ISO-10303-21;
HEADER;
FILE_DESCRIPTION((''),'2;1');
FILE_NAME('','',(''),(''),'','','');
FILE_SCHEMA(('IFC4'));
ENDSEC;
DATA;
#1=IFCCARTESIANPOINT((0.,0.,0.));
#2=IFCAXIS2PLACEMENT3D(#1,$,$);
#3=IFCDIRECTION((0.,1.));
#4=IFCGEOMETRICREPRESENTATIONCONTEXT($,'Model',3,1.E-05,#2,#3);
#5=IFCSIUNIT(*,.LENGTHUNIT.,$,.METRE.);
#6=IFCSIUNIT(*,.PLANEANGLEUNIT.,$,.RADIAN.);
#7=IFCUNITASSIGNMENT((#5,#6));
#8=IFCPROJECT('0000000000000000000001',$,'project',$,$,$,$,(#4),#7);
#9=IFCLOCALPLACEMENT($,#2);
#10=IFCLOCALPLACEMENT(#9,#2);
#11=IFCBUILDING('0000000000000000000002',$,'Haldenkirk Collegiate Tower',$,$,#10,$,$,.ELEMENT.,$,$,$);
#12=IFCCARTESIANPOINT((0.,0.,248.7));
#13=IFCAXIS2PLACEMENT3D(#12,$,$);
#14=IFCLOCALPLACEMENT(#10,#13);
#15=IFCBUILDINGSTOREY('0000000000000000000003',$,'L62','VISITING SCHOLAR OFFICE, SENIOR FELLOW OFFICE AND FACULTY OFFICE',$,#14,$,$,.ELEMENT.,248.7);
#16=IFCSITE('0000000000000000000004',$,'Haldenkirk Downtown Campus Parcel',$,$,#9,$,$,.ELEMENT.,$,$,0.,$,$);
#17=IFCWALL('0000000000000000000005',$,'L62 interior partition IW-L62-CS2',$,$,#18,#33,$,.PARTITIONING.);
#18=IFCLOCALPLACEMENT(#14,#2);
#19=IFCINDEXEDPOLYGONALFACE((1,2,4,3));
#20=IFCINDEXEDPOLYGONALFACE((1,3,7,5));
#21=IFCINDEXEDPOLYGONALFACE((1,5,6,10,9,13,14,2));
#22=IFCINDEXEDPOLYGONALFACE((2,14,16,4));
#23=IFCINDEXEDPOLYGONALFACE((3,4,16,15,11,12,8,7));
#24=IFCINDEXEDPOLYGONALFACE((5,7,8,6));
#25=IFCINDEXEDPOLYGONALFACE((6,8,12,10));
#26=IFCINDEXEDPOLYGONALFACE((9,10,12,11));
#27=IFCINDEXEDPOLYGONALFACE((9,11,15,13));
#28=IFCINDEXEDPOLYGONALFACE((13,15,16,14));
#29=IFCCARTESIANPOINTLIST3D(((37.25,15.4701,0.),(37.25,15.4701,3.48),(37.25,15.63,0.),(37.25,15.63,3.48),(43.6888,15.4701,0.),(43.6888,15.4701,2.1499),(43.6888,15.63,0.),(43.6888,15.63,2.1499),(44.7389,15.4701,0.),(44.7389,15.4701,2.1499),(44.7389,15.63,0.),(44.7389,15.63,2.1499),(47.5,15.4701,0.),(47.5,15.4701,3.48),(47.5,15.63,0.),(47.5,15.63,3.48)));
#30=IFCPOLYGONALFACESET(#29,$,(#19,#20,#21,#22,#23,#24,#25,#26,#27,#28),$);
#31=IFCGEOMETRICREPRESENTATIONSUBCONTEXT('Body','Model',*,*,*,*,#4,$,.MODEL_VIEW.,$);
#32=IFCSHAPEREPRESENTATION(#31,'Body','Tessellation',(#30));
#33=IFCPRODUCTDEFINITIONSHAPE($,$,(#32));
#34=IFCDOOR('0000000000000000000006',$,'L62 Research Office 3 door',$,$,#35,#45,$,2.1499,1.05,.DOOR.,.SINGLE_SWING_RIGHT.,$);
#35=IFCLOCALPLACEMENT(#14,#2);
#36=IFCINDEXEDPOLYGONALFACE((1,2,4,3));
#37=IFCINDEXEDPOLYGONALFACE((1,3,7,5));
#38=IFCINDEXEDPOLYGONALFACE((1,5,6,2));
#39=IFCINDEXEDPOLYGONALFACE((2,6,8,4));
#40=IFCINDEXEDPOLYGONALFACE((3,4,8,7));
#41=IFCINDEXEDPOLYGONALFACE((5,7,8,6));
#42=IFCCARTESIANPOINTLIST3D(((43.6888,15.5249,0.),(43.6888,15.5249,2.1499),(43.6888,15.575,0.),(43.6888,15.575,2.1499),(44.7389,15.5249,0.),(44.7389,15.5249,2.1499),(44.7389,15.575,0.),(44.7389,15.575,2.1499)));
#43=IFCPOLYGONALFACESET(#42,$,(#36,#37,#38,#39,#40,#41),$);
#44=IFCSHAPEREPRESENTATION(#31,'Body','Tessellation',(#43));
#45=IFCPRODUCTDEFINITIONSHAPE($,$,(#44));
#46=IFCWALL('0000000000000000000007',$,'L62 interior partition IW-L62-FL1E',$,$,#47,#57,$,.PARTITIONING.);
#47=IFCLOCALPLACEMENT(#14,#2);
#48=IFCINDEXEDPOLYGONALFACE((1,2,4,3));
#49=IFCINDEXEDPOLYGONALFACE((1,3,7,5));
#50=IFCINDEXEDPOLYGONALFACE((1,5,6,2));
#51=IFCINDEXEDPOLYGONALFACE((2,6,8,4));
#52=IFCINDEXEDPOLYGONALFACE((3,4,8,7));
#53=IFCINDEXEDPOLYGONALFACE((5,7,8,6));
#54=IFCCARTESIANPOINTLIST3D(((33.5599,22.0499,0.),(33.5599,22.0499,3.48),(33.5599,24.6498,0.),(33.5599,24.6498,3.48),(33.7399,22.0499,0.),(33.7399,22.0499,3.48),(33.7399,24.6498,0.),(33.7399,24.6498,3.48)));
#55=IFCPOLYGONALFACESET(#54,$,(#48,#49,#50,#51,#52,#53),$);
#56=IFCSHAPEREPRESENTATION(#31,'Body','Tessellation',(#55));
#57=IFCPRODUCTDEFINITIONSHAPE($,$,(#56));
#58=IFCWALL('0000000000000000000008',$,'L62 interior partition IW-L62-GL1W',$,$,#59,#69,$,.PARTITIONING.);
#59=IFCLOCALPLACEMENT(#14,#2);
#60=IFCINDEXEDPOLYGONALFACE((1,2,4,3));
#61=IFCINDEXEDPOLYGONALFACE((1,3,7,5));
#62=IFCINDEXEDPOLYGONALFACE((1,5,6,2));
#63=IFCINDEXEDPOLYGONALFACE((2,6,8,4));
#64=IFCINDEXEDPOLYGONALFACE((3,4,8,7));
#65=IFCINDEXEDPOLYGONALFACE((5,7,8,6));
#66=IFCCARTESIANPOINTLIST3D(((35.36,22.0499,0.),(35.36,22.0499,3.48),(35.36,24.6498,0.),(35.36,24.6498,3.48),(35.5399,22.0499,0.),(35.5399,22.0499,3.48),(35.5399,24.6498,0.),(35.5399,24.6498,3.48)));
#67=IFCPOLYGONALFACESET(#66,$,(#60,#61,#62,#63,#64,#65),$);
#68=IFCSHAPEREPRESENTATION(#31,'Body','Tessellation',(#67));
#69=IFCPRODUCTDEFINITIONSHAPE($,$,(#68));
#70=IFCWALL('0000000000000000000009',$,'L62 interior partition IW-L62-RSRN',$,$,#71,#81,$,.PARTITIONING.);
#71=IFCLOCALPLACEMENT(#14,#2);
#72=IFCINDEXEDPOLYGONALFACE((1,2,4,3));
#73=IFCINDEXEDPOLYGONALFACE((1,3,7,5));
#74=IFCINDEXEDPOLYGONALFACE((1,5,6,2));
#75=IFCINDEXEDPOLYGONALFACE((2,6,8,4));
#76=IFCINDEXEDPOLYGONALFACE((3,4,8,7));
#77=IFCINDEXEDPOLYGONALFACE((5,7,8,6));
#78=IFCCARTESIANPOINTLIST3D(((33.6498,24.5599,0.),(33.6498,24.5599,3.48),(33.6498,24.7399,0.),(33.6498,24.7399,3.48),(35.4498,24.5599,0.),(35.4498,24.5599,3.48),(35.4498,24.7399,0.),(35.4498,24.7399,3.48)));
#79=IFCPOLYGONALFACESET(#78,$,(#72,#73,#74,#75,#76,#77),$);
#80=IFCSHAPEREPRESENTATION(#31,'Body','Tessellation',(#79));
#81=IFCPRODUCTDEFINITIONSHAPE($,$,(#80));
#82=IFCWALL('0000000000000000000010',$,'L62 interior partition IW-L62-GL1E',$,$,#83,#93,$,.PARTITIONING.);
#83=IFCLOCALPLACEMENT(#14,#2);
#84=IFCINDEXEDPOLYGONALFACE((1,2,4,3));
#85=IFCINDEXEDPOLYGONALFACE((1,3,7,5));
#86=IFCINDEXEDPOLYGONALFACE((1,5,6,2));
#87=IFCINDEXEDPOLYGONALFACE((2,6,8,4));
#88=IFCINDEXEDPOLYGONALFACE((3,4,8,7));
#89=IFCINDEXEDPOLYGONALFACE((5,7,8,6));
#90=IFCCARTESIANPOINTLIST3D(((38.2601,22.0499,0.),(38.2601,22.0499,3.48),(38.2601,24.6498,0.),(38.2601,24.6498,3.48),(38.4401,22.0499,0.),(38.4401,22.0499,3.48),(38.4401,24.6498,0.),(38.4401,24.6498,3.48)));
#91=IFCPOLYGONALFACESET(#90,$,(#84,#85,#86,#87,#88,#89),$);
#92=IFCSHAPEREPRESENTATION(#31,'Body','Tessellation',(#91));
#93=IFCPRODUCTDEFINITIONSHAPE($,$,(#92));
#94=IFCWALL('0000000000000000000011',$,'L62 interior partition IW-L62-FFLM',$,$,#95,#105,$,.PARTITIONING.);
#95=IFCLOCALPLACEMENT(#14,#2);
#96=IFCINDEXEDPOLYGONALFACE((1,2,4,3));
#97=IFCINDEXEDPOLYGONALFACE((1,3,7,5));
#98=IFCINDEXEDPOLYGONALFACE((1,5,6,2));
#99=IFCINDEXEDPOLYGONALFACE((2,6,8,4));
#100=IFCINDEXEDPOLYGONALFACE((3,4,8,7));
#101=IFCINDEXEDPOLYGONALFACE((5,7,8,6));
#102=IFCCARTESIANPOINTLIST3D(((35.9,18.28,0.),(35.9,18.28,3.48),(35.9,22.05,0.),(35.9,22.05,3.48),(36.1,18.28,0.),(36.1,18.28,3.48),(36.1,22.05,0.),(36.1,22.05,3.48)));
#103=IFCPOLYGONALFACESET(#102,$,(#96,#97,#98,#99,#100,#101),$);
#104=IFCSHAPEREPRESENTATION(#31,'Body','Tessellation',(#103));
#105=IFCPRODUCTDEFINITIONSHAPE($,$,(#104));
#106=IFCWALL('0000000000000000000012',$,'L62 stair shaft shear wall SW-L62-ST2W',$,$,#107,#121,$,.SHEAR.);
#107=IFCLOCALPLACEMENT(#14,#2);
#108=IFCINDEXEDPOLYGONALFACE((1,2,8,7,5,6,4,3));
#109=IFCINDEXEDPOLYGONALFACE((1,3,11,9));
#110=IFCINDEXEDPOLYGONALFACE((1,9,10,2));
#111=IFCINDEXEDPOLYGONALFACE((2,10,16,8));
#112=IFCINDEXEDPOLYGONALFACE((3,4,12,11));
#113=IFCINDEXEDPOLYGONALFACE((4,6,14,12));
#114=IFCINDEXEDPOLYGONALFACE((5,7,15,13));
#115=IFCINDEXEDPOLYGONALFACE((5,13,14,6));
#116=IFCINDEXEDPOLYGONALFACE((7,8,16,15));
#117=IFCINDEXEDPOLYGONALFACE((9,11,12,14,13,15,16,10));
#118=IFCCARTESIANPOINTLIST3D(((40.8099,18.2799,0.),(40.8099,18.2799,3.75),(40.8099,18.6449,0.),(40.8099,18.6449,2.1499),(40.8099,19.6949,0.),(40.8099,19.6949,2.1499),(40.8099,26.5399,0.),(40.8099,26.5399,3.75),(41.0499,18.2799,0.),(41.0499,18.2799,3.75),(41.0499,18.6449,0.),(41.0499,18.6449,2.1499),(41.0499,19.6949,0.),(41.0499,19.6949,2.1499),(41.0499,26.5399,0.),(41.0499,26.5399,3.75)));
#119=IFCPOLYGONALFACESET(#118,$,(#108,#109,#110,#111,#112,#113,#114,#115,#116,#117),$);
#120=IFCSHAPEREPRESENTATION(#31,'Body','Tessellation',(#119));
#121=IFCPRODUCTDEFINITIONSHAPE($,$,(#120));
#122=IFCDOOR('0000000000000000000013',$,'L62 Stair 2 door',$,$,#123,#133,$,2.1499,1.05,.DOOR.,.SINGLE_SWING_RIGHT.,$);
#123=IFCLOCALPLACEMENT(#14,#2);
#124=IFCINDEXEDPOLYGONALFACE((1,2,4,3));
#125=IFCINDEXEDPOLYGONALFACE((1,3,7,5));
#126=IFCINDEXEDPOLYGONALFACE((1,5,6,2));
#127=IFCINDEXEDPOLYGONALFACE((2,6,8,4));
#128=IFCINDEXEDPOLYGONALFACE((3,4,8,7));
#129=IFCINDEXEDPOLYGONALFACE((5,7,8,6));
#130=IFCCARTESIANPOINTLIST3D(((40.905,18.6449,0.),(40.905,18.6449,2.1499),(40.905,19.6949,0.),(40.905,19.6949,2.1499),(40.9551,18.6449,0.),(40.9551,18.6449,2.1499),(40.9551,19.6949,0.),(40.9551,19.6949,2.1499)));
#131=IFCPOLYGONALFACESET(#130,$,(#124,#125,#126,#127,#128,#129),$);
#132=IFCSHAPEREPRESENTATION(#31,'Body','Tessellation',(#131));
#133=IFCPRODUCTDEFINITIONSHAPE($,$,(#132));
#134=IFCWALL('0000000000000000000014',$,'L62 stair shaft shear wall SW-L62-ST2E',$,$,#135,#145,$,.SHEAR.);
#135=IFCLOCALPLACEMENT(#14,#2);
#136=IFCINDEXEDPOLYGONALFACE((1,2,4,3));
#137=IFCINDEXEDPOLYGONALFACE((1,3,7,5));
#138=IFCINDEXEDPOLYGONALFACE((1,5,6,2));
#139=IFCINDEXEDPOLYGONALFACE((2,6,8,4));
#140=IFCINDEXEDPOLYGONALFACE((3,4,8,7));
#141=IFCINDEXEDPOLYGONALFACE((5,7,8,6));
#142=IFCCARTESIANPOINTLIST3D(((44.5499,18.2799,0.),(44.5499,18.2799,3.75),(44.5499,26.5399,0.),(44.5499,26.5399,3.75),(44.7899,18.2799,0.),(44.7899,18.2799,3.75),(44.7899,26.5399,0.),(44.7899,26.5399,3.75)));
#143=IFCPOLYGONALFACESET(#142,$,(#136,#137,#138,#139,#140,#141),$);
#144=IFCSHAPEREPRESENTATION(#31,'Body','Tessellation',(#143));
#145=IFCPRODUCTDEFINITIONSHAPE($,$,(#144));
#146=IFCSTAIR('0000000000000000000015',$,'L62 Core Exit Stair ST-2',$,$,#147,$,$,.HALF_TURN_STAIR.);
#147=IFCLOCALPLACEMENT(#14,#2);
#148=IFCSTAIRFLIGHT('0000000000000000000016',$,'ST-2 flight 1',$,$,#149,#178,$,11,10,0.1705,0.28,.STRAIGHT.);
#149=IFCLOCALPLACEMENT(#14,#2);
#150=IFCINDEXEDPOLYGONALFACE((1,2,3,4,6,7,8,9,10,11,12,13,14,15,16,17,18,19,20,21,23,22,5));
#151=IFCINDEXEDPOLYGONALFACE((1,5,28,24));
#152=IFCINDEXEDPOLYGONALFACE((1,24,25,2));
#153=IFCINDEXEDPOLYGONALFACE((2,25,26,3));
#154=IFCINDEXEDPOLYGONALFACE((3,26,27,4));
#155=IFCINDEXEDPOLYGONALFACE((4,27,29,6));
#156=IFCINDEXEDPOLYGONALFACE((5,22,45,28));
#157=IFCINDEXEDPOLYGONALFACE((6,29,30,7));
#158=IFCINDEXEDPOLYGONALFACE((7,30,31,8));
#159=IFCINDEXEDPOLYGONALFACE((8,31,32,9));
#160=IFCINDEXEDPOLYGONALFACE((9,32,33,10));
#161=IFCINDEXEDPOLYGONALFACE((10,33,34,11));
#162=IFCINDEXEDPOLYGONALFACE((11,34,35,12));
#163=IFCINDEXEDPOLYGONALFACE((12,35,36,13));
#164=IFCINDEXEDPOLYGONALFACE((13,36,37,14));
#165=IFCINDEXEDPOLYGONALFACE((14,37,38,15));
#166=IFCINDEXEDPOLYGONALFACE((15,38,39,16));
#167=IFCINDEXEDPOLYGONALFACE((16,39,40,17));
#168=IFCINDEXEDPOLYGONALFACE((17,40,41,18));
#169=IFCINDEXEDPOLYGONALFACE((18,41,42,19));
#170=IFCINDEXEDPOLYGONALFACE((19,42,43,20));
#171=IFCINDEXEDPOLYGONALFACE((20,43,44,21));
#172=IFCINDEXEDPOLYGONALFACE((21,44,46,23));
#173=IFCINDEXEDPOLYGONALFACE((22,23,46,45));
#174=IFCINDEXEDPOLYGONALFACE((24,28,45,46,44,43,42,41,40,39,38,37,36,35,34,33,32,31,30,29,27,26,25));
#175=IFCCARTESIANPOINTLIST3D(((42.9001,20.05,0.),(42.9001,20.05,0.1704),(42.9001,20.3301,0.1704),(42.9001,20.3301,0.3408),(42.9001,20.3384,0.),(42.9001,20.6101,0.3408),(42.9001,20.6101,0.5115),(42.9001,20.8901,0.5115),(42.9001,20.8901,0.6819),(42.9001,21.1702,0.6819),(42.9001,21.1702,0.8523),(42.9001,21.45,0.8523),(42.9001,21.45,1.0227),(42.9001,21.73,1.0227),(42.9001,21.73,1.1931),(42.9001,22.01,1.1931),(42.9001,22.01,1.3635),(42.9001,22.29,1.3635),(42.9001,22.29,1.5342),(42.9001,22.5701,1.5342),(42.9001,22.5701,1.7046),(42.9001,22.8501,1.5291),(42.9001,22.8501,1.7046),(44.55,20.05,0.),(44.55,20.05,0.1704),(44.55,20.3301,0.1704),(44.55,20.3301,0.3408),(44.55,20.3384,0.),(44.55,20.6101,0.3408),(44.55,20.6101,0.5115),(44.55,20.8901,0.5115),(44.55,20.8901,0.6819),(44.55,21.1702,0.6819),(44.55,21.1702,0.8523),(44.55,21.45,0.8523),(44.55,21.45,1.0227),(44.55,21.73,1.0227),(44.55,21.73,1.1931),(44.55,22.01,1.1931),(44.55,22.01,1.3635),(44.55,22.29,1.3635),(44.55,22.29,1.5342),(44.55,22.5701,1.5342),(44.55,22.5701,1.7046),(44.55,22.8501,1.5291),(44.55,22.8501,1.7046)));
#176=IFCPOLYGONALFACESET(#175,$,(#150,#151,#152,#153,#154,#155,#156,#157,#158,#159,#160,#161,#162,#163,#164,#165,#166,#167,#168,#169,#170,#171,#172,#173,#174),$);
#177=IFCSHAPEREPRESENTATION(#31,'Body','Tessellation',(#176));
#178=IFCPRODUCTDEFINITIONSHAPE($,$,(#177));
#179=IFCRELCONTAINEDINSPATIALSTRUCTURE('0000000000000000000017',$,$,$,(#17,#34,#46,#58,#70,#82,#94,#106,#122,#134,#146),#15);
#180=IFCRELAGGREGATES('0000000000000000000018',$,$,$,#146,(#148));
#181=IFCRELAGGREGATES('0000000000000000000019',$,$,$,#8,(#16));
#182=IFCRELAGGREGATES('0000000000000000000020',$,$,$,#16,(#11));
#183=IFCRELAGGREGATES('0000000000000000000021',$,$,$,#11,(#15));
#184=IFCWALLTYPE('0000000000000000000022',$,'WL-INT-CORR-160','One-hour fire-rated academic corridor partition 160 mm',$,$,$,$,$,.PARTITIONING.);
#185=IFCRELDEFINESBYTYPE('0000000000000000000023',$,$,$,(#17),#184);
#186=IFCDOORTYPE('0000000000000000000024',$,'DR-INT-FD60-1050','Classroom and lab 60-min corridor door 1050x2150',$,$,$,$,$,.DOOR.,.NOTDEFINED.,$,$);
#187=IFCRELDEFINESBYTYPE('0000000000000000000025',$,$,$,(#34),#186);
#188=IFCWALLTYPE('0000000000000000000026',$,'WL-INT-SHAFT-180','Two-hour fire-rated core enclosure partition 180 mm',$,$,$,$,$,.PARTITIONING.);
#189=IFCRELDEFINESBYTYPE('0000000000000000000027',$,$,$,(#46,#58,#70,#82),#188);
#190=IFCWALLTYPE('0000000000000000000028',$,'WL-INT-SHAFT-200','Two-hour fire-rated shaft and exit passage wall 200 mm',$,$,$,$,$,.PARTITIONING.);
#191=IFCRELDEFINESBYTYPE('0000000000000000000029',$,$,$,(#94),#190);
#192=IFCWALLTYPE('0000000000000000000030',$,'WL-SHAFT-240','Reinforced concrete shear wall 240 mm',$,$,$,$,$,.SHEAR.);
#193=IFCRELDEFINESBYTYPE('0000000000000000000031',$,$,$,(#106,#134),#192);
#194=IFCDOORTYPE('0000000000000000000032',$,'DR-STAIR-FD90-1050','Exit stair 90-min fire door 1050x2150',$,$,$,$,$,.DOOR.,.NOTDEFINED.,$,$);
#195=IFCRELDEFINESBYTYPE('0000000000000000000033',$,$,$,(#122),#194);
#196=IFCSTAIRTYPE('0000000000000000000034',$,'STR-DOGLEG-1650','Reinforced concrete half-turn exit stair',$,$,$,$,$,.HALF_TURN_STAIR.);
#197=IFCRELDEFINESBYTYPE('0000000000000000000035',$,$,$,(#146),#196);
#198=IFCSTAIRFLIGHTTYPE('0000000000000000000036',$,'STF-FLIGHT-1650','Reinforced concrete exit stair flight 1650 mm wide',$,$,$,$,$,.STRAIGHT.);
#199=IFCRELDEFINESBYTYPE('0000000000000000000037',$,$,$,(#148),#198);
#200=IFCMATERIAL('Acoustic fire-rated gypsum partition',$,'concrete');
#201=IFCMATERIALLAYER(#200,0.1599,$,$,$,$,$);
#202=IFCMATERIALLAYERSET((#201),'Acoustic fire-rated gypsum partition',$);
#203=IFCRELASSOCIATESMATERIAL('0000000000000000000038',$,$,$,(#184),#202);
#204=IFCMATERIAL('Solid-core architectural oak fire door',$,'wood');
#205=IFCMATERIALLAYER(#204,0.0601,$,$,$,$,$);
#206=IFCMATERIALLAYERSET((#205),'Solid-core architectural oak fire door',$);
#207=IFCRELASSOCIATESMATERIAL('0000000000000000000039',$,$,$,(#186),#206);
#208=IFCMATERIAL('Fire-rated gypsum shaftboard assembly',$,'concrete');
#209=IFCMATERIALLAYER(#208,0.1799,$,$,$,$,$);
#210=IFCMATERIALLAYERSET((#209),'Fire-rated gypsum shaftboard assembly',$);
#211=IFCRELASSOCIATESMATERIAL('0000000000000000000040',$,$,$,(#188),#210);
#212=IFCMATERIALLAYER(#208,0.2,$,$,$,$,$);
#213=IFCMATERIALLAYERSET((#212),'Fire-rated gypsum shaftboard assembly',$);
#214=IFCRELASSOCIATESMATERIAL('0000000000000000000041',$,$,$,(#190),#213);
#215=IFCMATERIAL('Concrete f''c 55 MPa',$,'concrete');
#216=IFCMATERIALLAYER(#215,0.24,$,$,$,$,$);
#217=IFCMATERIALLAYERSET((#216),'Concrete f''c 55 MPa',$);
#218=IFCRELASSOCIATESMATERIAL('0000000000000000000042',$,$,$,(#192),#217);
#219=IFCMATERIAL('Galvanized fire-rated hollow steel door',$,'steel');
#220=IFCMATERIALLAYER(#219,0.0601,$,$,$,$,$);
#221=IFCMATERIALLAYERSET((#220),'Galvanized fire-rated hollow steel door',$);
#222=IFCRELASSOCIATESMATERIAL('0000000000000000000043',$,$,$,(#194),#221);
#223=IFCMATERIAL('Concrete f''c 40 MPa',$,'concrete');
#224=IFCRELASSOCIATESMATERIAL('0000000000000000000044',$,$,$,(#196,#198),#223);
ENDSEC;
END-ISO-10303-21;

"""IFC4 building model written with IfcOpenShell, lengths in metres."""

from ifc_helpers import new_model, si_unit, direction, frame, frame_2d, origin, place, context, subcontext, project, spatial, polyline, rectangle, outline, extrude, material, layer, layer_set, type_object, element, fill, aggregate, save


model = new_model("IFC4")

# Units and contexts
model_context = context("Model", 3, precision=1e-05, world=origin(), true_north=direction((0.0, 1.0)))
body_context = subcontext(model_context, "Body", "Model", "MODEL_VIEW")
ifc_project = project(units=[si_unit("LENGTHUNIT", "METRE"), si_unit("PLANEANGLEUNIT", "RADIAN")], contexts=[model_context])

# Site, building, storey
site_placement = place(None, origin())
site = spatial("IfcSite", under=ifc_project, at=site_placement, Name="Haldenkirk Downtown Campus Parcel", CompositionType="ELEMENT", RefElevation=0.0)
building_placement = place(site_placement, origin())
building = spatial("IfcBuilding", under=site, at=building_placement, Name="Haldenkirk Collegiate Tower", CompositionType="ELEMENT")
storey_placement = place(building_placement, frame((0.0, 0.0, 248.7)))
storey = spatial("IfcBuildingStorey", under=building, at=storey_placement, Name="L62", Description="VISITING SCHOLAR OFFICE, SENIOR FELLOW OFFICE AND FACULTY OFFICE", CompositionType="ELEMENT", Elevation=248.7)

# Wall, opening, door
ifc_material_1 = material(Name="Acoustic fire-rated gypsum partition", Category="concrete")
ifc_layer_1 = layer(ifc_material_1, 0.1599)
ifc_layer_set_1 = layer_set([ifc_layer_1], Name="Acoustic fire-rated gypsum partition")
wall_type_1 = type_object("IfcWallType", Name="WL-INT-CORR-160", Description="One-hour fire-rated academic corridor partition 160 mm", PredefinedType="PARTITIONING", material=ifc_layer_set_1)
wall_1_placement = place(storey_placement, frame((37.25, 15.55, 0.0), z_axis=(0.0, 0.0, 1.0), x_axis=(1.0, 0.0, 0.0)))
wall_1 = element("IfcWall", 1, at=wall_1_placement, inside=storey, type_object=wall_type_1, Name="L62 interior partition IW-L62-CS2", PredefinedType="PARTITIONING", context=body_context, shape_type="SweptSolid", body=[
    extrude(rectangle(XDim=10.25, YDim=0.1599, at=frame_2d((5.125, 0.0))), origin(), (0.0, 0.0, 1.0), 3.48),
])
opening_1_placement = place(wall_1_placement, frame((6.439, 0.0, 0.0)))
opening_1 = element("IfcOpeningElement", 2, at=opening_1_placement, cuts=wall_1, PredefinedType="OPENING", context=body_context, shape_type="SweptSolid", body=[
    extrude(rectangle(XDim=1.05, YDim=2.1499, at=frame_2d((0.5249, 1.075))), frame((0.0, 0.0898, 0.0), z_axis=(0.0, -1.0, 0.0), x_axis=(1.0, 0.0, 0.0)), (0.0, 0.0, 1.0), 0.1799),
])
ifc_material_2 = material(Name="Solid-core architectural oak fire door", Category="wood")
ifc_layer_2 = layer(ifc_material_2, 0.0601)
ifc_layer_set_2 = layer_set([ifc_layer_2], Name="Solid-core architectural oak fire door")
door_type_1 = type_object("IfcDoorType", Name="DR-INT-FD60-1050", Description="Classroom and lab 60-min corridor door 1050x2150", OperationType="NOTDEFINED", PredefinedType="DOOR", material=ifc_layer_set_2)
door_1_placement = place(opening_1_placement, origin())
door_1 = element("IfcDoor", 3, at=door_1_placement, inside=storey, type_object=door_type_1, Name="L62 Research Office 3 door", OperationType="SINGLE_SWING_RIGHT", OverallHeight=2.1499, OverallWidth=1.05, PredefinedType="DOOR", context=body_context, shape_type="SweptSolid", body=[
    extrude(rectangle(XDim=1.05, YDim=2.1499, at=frame_2d((0.5249, 1.075))), frame((0.0, 0.0249, 0.0), z_axis=(0.0, -1.0, 0.0), x_axis=(1.0, 0.0, 0.0)), (0.0, 0.0, 1.0), 0.05),
])
fill(opening_1, door_1)

# Walls
ifc_material_3 = material(Name="Fire-rated gypsum shaftboard assembly", Category="concrete")
ifc_layer_3 = layer(ifc_material_3, 0.1799)
ifc_layer_set_3 = layer_set([ifc_layer_3], Name="Fire-rated gypsum shaftboard assembly")
wall_type_2 = type_object("IfcWallType", Name="WL-INT-SHAFT-180", Description="Two-hour fire-rated core enclosure partition 180 mm", PredefinedType="PARTITIONING", material=ifc_layer_set_3)
for number, where, z_axis, x_axis, name in (
    (4, (33.6499, 22.05, 0.0), (0.0, 0.0, 1.0), (0.0, 1.0, 0.0), "L62 interior partition IW-L62-FL1E"),
    (5, (35.45, 22.05, 0.0), (0.0, 0.0, 1.0), (0.0, 1.0, 0.0), "L62 interior partition IW-L62-GL1W"),
):
    element("IfcWall", number, at=place(storey_placement, frame(where, z_axis=z_axis, x_axis=x_axis)), inside=storey, type_object=wall_type_2, Name=name, PredefinedType="PARTITIONING", context=body_context, shape_type="SweptSolid", body=[
        extrude(rectangle(XDim=2.5999, YDim=0.1799, at=frame_2d((1.2998, 0.0))), origin(), (0.0, 0.0, 1.0), 3.48),
    ])
wall_2_placement = place(storey_placement, frame((33.6499, 24.6499, 0.0), z_axis=(0.0, 0.0, 1.0), x_axis=(1.0, 0.0, 0.0)))
element("IfcWall", 6, at=wall_2_placement, inside=storey, type_object=wall_type_2, Name="L62 interior partition IW-L62-RSRN", PredefinedType="PARTITIONING", context=body_context, shape_type="SweptSolid", body=[
    extrude(rectangle(XDim=1.8, YDim=0.1799, at=frame_2d((0.8999, 0.0))), origin(), (0.0, 0.0, 1.0), 3.48),
])
wall_3_placement = place(storey_placement, frame((38.3501, 22.05, 0.0), z_axis=(0.0, 0.0, 1.0), x_axis=(0.0, 1.0, 0.0)))
element("IfcWall", 7, at=wall_3_placement, inside=storey, type_object=wall_type_2, Name="L62 interior partition IW-L62-GL1E", PredefinedType="PARTITIONING", context=body_context, shape_type="SweptSolid", body=[
    extrude(rectangle(XDim=2.5999, YDim=0.1799, at=frame_2d((1.2998, 0.0))), origin(), (0.0, 0.0, 1.0), 3.48),
])
ifc_layer_4 = layer(ifc_material_3, 0.2)
ifc_layer_set_4 = layer_set([ifc_layer_4], Name="Fire-rated gypsum shaftboard assembly")
wall_type_3 = type_object("IfcWallType", Name="WL-INT-SHAFT-200", Description="Two-hour fire-rated shaft and exit passage wall 200 mm", PredefinedType="PARTITIONING", material=ifc_layer_set_4)
wall_4_placement = place(storey_placement, frame((36.0, 18.28, 0.0), z_axis=(0.0, 0.0, 1.0), x_axis=(0.0, 1.0, 0.0)))
element("IfcWall", 8, at=wall_4_placement, inside=storey, type_object=wall_type_3, Name="L62 interior partition IW-L62-FFLM", PredefinedType="PARTITIONING", context=body_context, shape_type="SweptSolid", body=[
    extrude(rectangle(XDim=3.77, YDim=0.2, at=frame_2d((1.885, 0.0))), origin(), (0.0, 0.0, 1.0), 3.48),
])

# Wall, opening, door
ifc_material_4 = material(Name="Concrete f'c 55 MPa", Category="concrete")
ifc_layer_5 = layer(ifc_material_4, 0.24)
ifc_layer_set_5 = layer_set([ifc_layer_5], Name="Concrete f'c 55 MPa")
wall_type_4 = type_object("IfcWallType", Name="WL-SHAFT-240", Description="Reinforced concrete shear wall 240 mm", PredefinedType="SHEAR", material=ifc_layer_set_5)
wall_5_placement = place(storey_placement, frame((40.9299, 18.28, 0.0), z_axis=(0.0, 0.0, 1.0), x_axis=(0.0, 1.0, 0.0)))
wall_5 = element("IfcWall", 9, at=wall_5_placement, inside=storey, type_object=wall_type_4, Name="L62 stair shaft shear wall SW-L62-ST2W", PredefinedType="SHEAR", context=body_context, shape_type="SweptSolid", body=[
    extrude(rectangle(XDim=8.26, YDim=0.24, at=frame_2d((4.1299, 0.0))), origin(), (0.0, 0.0, 1.0), 3.75),
])
opening_2_placement = place(wall_5_placement, frame((0.365, 0.0, 0.0)))
opening_2 = element("IfcOpeningElement", 10, at=opening_2_placement, cuts=wall_5, PredefinedType="OPENING", context=body_context, shape_type="SweptSolid", body=[
    extrude(rectangle(XDim=1.05, YDim=2.1499, at=frame_2d((0.5249, 1.075))), frame((0.0, 0.1299, 0.0), z_axis=(0.0, -1.0, 0.0), x_axis=(1.0, 0.0, 0.0)), (0.0, 0.0, 1.0), 0.26),
])
ifc_material_5 = material(Name="Galvanized fire-rated hollow steel door", Category="steel")
ifc_layer_6 = layer(ifc_material_5, 0.0601)
ifc_layer_set_6 = layer_set([ifc_layer_6], Name="Galvanized fire-rated hollow steel door")
door_type_2 = type_object("IfcDoorType", Name="DR-STAIR-FD90-1050", Description="Exit stair 90-min fire door 1050x2150", OperationType="NOTDEFINED", PredefinedType="DOOR", material=ifc_layer_set_6)
door_2_placement = place(opening_2_placement, origin())
door_2 = element("IfcDoor", 11, at=door_2_placement, inside=storey, type_object=door_type_2, Name="L62 Stair 2 door", OperationType="SINGLE_SWING_RIGHT", OverallHeight=2.1499, OverallWidth=1.05, PredefinedType="DOOR", context=body_context, shape_type="SweptSolid", body=[
    extrude(rectangle(XDim=1.05, YDim=2.1499, at=frame_2d((0.5249, 1.075))), frame((0.0, 0.0249, 0.0), z_axis=(0.0, -1.0, 0.0), x_axis=(1.0, 0.0, 0.0)), (0.0, 0.0, 1.0), 0.05),
])
fill(opening_2, door_2)

# Wall
wall_6_placement = place(storey_placement, frame((44.6699, 18.28, 0.0), z_axis=(0.0, 0.0, 1.0), x_axis=(0.0, 1.0, 0.0)))
element("IfcWall", 12, at=wall_6_placement, inside=storey, type_object=wall_type_4, Name="L62 stair shaft shear wall SW-L62-ST2E", PredefinedType="SHEAR", context=body_context, shape_type="SweptSolid", body=[
    extrude(rectangle(XDim=8.26, YDim=0.24, at=frame_2d((4.1299, 0.0))), origin(), (0.0, 0.0, 1.0), 3.75),
])

# Stair, stair flight
ifc_material_6 = material(Name="Concrete f'c 40 MPa", Category="concrete")
stair_type = type_object("IfcStairType", Name="STR-DOGLEG-1650", Description="Reinforced concrete half-turn exit stair", PredefinedType="HALF_TURN_STAIR", material=ifc_material_6)
stair_placement = place(storey_placement, origin())
stair = element("IfcStair", 13, at=stair_placement, inside=storey, type_object=stair_type, Name="L62 Core Exit Stair ST-2", PredefinedType="HALF_TURN_STAIR")
stair_flight_type = type_object("IfcStairFlightType", Name="STF-FLIGHT-1650", Description="Reinforced concrete exit stair flight 1650 mm wide", PredefinedType="STRAIGHT", material=ifc_material_6)
stair_flight_1_placement = place(storey_placement, frame((43.7251, 20.05, 0.0), z_axis=(0.0, 0.0, 1.0), x_axis=(0.0, 1.0, 0.0)))
stair_flight_1 = element("IfcStairFlight", 14, at=stair_flight_1_placement, type_object=stair_flight_type, Name="ST-2 flight 1", NumberOfRisers=11, NumberOfTreads=10, PredefinedType="STRAIGHT", RiserHeight=0.1705, TreadLength=0.28, context=body_context, shape_type="SweptSolid", body=[
    extrude(outline(polyline([(0.0, 0.0), (0.0, 0.1704), (0.28, 0.1704), (0.28, 0.3408), (0.5601, 0.3408), (0.5601, 0.5115), (0.8401, 0.5115), (0.8401, 0.6819), (1.1201, 0.6819), (1.1201, 0.8523), (1.3999, 0.8523), (1.3999, 1.0227), (1.6799, 1.0227), (1.6799, 1.1931), (1.96, 1.1931), (1.96, 1.3635), (2.24, 1.3635), (2.24, 1.5342), (2.52, 1.5342), (2.52, 1.7046), (2.8, 1.7046), (2.8, 1.875), (2.8, 1.5291), (0.2883, 0.0), (0.0, 0.0)])), frame((0.0, 0.825, 0.0), z_axis=(0.0, -1.0, 0.0), x_axis=(1.0, 0.0, 0.0)), (0.0, 0.0, 1.0), 1.6499),
])
aggregate(stair, [stair_flight_1])

save(model, "model.ifc")
